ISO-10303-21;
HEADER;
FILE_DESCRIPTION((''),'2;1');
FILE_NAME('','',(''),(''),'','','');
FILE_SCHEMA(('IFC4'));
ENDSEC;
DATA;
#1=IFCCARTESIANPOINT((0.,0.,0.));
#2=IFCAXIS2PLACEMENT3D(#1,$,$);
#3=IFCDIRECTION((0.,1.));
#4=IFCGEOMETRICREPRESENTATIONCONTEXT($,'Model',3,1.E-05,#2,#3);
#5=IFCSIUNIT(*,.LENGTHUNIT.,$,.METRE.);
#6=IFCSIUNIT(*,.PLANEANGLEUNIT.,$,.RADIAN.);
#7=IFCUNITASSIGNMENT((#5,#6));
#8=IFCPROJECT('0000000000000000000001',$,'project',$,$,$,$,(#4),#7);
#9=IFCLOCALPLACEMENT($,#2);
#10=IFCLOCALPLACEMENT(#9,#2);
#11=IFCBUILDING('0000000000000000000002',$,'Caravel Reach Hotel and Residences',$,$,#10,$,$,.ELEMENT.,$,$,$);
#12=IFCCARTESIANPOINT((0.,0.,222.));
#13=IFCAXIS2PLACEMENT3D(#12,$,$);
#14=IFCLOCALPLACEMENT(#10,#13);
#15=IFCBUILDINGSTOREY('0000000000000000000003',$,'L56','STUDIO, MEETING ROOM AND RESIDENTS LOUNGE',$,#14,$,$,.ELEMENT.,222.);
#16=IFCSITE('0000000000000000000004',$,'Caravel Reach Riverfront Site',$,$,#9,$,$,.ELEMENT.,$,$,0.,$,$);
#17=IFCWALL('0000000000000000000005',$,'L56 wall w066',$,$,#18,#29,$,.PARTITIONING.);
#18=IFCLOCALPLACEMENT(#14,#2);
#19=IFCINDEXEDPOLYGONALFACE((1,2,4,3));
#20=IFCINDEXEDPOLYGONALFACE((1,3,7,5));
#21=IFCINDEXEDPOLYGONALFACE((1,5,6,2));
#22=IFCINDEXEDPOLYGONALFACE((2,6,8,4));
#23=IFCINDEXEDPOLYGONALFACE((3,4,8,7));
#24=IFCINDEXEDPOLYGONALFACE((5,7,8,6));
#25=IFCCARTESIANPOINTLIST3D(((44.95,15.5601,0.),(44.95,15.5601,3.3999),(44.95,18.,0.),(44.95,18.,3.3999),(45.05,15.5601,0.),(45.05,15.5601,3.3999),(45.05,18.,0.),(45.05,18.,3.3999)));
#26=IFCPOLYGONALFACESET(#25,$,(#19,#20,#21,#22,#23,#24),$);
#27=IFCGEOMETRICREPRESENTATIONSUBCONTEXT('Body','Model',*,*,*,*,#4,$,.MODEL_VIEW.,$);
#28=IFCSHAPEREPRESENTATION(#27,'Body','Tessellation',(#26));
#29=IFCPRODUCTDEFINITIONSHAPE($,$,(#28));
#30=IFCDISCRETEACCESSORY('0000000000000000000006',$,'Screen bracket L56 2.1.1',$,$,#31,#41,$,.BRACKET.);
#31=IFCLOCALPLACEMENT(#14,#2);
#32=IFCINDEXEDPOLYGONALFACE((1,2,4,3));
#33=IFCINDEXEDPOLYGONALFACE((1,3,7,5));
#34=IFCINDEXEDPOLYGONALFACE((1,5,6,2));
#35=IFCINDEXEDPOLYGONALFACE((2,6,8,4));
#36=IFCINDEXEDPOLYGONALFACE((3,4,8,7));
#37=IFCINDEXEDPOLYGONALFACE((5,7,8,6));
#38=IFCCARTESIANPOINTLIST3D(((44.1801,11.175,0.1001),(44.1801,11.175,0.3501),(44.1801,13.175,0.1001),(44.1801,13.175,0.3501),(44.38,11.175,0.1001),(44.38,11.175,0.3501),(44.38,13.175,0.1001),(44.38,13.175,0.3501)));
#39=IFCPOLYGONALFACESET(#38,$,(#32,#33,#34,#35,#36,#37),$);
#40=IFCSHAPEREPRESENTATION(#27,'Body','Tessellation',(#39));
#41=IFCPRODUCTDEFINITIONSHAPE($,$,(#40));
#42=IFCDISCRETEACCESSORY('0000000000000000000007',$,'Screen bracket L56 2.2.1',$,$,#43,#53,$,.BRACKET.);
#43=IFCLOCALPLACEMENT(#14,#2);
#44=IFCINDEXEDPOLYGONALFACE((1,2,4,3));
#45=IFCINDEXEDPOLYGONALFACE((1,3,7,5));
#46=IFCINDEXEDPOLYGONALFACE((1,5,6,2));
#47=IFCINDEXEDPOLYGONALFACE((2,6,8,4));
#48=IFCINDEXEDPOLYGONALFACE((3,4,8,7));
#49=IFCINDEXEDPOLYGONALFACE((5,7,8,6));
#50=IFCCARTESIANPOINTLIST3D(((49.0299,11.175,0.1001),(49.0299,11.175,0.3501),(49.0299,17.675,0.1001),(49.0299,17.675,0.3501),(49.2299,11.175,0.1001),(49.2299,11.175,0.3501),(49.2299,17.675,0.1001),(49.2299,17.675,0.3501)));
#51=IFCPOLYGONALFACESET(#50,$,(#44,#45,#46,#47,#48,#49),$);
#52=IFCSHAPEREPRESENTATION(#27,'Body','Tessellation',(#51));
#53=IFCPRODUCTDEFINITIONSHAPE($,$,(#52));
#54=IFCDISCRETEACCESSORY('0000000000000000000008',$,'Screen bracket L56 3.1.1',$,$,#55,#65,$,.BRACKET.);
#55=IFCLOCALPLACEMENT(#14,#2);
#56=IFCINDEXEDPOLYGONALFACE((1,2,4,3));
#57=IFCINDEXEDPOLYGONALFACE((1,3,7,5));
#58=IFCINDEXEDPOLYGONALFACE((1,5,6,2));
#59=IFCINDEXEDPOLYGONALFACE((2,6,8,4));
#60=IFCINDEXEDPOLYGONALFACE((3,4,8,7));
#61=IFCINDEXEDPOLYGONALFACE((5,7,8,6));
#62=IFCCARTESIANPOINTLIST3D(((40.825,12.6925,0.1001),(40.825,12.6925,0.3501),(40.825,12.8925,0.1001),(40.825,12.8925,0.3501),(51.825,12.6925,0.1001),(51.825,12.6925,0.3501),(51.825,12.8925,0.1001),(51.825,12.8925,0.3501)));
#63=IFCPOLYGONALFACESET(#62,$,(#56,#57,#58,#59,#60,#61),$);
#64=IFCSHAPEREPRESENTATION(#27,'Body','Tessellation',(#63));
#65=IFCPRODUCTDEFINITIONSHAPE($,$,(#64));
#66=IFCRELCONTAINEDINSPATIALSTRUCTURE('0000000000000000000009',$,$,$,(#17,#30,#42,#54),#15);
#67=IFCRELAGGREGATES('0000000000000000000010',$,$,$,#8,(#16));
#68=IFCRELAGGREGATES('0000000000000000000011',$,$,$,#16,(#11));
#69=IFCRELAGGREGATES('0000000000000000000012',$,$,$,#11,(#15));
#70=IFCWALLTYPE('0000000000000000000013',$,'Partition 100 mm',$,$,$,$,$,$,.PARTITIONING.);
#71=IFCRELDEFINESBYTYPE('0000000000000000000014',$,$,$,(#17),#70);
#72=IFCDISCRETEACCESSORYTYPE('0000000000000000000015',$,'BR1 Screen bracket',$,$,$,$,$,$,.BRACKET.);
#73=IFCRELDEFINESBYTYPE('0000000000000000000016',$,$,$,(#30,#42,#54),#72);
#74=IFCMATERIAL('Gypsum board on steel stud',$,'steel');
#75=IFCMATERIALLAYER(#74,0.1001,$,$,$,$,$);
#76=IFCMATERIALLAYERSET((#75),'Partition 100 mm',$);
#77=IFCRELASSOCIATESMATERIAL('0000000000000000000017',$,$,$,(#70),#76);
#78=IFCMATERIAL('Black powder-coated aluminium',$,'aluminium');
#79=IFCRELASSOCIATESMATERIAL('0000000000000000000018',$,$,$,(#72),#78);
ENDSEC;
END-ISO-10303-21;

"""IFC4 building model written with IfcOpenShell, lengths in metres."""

from ifc_helpers import new_model, si_unit, direction, frame, frame_2d, origin, origin_2d, place, context, subcontext, project, spatial, rectangle, extrude, material, layer, layer_set, type_object, element, save


model = new_model("IFC4")

# Units and contexts
model_context = context("Model", 3, precision=1e-05, world=origin(), true_north=direction((0.0, 1.0)))
body_context = subcontext(model_context, "Body", "Model", "MODEL_VIEW")
ifc_project = project(units=[si_unit("LENGTHUNIT", "METRE"), si_unit("PLANEANGLEUNIT", "RADIAN")], contexts=[model_context])

# Site, building, storey
site_placement = place(None, origin())
site = spatial("IfcSite", under=ifc_project, at=site_placement, Name="Caravel Reach Riverfront Site", CompositionType="ELEMENT", RefElevation=0.0)
building_placement = place(site_placement, origin())
building = spatial("IfcBuilding", under=site, at=building_placement, Name="Caravel Reach Hotel and Residences", CompositionType="ELEMENT")
storey_placement = place(building_placement, frame((0.0, 0.0, 222.0)))
storey = spatial("IfcBuildingStorey", under=building, at=storey_placement, Name="L56", Description="STUDIO, MEETING ROOM AND RESIDENTS LOUNGE", CompositionType="ELEMENT", Elevation=222.0)

# Shared definitions
ifc_material_1 = material(Name="Gypsum board on steel stud", Category="steel")
ifc_layer_1 = layer(ifc_material_1, 0.1001)
ifc_layer_set_1 = layer_set([ifc_layer_1], Name="Partition 100 mm")
wall_type_1 = type_object("IfcWallType", Name="Partition 100 mm", PredefinedType="PARTITIONING", material=ifc_layer_set_1)

# Wall
wall_1_placement = place(storey_placement, frame((45.0, 15.5601, 0.0), z_axis=(0.0, 0.0, 1.0), x_axis=(0.0, 1.0, 0.0)))
element("IfcWall", 1, at=wall_1_placement, inside=storey, type_object=wall_type_1, Name="L56 wall w066", PredefinedType="PARTITIONING", context=body_context, shape_type="SweptSolid", body=[
    extrude(rectangle(XDim=2.4399, YDim=0.1001, at=frame_2d((1.22, 0.0))), origin(), (0.0, 0.0, 1.0), 3.3999),
])

# Discrete accessories
ifc_material_2 = material(Name="Black powder-coated aluminium", Category="aluminium")
discrete_accessory_type = type_object("IfcDiscreteAccessoryType", Name="BR1 Screen bracket", PredefinedType="BRACKET", material=ifc_material_2)
discrete_accessory_1_placement = place(storey_placement, frame((44.28, 12.175, 0.1001), z_axis=(0.0, 0.0, 1.0), x_axis=(0.0, -1.0, 0.0)))
element("IfcDiscreteAccessory", 2, at=discrete_accessory_1_placement, inside=storey, type_object=discrete_accessory_type, Name="Screen bracket L56 2.1.1", PredefinedType="BRACKET", context=body_context, shape_type="SweptSolid", body=[
    extrude(rectangle(XDim=2.0, YDim=0.2, at=origin_2d()), origin(), (0.0, 0.0, 1.0), 0.25),
])
discrete_accessory_2_placement = place(storey_placement, frame((49.1299, 14.425, 0.1001), z_axis=(0.0, 0.0, 1.0), x_axis=(0.0, -1.0, 0.0)))
element("IfcDiscreteAccessory", 3, at=discrete_accessory_2_placement, inside=storey, type_object=discrete_accessory_type, Name="Screen bracket L56 2.2.1", PredefinedType="BRACKET", context=body_context, shape_type="SweptSolid", body=[
    extrude(rectangle(XDim=6.5, YDim=0.2, at=origin_2d()), origin(), (0.0, 0.0, 1.0), 0.25),
])
discrete_accessory_3_placement = place(storey_placement, frame((46.325, 12.7925, 0.1001), z_axis=(0.0, 0.0, 1.0), x_axis=(1.0, 0.0, 0.0)))
element("IfcDiscreteAccessory", 4, at=discrete_accessory_3_placement, inside=storey, type_object=discrete_accessory_type, Name="Screen bracket L56 3.1.1", PredefinedType="BRACKET", context=body_context, shape_type="SweptSolid", body=[
    extrude(rectangle(XDim=11.0, YDim=0.2, at=origin_2d()), origin(), (0.0, 0.0, 1.0), 0.25),
])

save(model, "model.ifc")
